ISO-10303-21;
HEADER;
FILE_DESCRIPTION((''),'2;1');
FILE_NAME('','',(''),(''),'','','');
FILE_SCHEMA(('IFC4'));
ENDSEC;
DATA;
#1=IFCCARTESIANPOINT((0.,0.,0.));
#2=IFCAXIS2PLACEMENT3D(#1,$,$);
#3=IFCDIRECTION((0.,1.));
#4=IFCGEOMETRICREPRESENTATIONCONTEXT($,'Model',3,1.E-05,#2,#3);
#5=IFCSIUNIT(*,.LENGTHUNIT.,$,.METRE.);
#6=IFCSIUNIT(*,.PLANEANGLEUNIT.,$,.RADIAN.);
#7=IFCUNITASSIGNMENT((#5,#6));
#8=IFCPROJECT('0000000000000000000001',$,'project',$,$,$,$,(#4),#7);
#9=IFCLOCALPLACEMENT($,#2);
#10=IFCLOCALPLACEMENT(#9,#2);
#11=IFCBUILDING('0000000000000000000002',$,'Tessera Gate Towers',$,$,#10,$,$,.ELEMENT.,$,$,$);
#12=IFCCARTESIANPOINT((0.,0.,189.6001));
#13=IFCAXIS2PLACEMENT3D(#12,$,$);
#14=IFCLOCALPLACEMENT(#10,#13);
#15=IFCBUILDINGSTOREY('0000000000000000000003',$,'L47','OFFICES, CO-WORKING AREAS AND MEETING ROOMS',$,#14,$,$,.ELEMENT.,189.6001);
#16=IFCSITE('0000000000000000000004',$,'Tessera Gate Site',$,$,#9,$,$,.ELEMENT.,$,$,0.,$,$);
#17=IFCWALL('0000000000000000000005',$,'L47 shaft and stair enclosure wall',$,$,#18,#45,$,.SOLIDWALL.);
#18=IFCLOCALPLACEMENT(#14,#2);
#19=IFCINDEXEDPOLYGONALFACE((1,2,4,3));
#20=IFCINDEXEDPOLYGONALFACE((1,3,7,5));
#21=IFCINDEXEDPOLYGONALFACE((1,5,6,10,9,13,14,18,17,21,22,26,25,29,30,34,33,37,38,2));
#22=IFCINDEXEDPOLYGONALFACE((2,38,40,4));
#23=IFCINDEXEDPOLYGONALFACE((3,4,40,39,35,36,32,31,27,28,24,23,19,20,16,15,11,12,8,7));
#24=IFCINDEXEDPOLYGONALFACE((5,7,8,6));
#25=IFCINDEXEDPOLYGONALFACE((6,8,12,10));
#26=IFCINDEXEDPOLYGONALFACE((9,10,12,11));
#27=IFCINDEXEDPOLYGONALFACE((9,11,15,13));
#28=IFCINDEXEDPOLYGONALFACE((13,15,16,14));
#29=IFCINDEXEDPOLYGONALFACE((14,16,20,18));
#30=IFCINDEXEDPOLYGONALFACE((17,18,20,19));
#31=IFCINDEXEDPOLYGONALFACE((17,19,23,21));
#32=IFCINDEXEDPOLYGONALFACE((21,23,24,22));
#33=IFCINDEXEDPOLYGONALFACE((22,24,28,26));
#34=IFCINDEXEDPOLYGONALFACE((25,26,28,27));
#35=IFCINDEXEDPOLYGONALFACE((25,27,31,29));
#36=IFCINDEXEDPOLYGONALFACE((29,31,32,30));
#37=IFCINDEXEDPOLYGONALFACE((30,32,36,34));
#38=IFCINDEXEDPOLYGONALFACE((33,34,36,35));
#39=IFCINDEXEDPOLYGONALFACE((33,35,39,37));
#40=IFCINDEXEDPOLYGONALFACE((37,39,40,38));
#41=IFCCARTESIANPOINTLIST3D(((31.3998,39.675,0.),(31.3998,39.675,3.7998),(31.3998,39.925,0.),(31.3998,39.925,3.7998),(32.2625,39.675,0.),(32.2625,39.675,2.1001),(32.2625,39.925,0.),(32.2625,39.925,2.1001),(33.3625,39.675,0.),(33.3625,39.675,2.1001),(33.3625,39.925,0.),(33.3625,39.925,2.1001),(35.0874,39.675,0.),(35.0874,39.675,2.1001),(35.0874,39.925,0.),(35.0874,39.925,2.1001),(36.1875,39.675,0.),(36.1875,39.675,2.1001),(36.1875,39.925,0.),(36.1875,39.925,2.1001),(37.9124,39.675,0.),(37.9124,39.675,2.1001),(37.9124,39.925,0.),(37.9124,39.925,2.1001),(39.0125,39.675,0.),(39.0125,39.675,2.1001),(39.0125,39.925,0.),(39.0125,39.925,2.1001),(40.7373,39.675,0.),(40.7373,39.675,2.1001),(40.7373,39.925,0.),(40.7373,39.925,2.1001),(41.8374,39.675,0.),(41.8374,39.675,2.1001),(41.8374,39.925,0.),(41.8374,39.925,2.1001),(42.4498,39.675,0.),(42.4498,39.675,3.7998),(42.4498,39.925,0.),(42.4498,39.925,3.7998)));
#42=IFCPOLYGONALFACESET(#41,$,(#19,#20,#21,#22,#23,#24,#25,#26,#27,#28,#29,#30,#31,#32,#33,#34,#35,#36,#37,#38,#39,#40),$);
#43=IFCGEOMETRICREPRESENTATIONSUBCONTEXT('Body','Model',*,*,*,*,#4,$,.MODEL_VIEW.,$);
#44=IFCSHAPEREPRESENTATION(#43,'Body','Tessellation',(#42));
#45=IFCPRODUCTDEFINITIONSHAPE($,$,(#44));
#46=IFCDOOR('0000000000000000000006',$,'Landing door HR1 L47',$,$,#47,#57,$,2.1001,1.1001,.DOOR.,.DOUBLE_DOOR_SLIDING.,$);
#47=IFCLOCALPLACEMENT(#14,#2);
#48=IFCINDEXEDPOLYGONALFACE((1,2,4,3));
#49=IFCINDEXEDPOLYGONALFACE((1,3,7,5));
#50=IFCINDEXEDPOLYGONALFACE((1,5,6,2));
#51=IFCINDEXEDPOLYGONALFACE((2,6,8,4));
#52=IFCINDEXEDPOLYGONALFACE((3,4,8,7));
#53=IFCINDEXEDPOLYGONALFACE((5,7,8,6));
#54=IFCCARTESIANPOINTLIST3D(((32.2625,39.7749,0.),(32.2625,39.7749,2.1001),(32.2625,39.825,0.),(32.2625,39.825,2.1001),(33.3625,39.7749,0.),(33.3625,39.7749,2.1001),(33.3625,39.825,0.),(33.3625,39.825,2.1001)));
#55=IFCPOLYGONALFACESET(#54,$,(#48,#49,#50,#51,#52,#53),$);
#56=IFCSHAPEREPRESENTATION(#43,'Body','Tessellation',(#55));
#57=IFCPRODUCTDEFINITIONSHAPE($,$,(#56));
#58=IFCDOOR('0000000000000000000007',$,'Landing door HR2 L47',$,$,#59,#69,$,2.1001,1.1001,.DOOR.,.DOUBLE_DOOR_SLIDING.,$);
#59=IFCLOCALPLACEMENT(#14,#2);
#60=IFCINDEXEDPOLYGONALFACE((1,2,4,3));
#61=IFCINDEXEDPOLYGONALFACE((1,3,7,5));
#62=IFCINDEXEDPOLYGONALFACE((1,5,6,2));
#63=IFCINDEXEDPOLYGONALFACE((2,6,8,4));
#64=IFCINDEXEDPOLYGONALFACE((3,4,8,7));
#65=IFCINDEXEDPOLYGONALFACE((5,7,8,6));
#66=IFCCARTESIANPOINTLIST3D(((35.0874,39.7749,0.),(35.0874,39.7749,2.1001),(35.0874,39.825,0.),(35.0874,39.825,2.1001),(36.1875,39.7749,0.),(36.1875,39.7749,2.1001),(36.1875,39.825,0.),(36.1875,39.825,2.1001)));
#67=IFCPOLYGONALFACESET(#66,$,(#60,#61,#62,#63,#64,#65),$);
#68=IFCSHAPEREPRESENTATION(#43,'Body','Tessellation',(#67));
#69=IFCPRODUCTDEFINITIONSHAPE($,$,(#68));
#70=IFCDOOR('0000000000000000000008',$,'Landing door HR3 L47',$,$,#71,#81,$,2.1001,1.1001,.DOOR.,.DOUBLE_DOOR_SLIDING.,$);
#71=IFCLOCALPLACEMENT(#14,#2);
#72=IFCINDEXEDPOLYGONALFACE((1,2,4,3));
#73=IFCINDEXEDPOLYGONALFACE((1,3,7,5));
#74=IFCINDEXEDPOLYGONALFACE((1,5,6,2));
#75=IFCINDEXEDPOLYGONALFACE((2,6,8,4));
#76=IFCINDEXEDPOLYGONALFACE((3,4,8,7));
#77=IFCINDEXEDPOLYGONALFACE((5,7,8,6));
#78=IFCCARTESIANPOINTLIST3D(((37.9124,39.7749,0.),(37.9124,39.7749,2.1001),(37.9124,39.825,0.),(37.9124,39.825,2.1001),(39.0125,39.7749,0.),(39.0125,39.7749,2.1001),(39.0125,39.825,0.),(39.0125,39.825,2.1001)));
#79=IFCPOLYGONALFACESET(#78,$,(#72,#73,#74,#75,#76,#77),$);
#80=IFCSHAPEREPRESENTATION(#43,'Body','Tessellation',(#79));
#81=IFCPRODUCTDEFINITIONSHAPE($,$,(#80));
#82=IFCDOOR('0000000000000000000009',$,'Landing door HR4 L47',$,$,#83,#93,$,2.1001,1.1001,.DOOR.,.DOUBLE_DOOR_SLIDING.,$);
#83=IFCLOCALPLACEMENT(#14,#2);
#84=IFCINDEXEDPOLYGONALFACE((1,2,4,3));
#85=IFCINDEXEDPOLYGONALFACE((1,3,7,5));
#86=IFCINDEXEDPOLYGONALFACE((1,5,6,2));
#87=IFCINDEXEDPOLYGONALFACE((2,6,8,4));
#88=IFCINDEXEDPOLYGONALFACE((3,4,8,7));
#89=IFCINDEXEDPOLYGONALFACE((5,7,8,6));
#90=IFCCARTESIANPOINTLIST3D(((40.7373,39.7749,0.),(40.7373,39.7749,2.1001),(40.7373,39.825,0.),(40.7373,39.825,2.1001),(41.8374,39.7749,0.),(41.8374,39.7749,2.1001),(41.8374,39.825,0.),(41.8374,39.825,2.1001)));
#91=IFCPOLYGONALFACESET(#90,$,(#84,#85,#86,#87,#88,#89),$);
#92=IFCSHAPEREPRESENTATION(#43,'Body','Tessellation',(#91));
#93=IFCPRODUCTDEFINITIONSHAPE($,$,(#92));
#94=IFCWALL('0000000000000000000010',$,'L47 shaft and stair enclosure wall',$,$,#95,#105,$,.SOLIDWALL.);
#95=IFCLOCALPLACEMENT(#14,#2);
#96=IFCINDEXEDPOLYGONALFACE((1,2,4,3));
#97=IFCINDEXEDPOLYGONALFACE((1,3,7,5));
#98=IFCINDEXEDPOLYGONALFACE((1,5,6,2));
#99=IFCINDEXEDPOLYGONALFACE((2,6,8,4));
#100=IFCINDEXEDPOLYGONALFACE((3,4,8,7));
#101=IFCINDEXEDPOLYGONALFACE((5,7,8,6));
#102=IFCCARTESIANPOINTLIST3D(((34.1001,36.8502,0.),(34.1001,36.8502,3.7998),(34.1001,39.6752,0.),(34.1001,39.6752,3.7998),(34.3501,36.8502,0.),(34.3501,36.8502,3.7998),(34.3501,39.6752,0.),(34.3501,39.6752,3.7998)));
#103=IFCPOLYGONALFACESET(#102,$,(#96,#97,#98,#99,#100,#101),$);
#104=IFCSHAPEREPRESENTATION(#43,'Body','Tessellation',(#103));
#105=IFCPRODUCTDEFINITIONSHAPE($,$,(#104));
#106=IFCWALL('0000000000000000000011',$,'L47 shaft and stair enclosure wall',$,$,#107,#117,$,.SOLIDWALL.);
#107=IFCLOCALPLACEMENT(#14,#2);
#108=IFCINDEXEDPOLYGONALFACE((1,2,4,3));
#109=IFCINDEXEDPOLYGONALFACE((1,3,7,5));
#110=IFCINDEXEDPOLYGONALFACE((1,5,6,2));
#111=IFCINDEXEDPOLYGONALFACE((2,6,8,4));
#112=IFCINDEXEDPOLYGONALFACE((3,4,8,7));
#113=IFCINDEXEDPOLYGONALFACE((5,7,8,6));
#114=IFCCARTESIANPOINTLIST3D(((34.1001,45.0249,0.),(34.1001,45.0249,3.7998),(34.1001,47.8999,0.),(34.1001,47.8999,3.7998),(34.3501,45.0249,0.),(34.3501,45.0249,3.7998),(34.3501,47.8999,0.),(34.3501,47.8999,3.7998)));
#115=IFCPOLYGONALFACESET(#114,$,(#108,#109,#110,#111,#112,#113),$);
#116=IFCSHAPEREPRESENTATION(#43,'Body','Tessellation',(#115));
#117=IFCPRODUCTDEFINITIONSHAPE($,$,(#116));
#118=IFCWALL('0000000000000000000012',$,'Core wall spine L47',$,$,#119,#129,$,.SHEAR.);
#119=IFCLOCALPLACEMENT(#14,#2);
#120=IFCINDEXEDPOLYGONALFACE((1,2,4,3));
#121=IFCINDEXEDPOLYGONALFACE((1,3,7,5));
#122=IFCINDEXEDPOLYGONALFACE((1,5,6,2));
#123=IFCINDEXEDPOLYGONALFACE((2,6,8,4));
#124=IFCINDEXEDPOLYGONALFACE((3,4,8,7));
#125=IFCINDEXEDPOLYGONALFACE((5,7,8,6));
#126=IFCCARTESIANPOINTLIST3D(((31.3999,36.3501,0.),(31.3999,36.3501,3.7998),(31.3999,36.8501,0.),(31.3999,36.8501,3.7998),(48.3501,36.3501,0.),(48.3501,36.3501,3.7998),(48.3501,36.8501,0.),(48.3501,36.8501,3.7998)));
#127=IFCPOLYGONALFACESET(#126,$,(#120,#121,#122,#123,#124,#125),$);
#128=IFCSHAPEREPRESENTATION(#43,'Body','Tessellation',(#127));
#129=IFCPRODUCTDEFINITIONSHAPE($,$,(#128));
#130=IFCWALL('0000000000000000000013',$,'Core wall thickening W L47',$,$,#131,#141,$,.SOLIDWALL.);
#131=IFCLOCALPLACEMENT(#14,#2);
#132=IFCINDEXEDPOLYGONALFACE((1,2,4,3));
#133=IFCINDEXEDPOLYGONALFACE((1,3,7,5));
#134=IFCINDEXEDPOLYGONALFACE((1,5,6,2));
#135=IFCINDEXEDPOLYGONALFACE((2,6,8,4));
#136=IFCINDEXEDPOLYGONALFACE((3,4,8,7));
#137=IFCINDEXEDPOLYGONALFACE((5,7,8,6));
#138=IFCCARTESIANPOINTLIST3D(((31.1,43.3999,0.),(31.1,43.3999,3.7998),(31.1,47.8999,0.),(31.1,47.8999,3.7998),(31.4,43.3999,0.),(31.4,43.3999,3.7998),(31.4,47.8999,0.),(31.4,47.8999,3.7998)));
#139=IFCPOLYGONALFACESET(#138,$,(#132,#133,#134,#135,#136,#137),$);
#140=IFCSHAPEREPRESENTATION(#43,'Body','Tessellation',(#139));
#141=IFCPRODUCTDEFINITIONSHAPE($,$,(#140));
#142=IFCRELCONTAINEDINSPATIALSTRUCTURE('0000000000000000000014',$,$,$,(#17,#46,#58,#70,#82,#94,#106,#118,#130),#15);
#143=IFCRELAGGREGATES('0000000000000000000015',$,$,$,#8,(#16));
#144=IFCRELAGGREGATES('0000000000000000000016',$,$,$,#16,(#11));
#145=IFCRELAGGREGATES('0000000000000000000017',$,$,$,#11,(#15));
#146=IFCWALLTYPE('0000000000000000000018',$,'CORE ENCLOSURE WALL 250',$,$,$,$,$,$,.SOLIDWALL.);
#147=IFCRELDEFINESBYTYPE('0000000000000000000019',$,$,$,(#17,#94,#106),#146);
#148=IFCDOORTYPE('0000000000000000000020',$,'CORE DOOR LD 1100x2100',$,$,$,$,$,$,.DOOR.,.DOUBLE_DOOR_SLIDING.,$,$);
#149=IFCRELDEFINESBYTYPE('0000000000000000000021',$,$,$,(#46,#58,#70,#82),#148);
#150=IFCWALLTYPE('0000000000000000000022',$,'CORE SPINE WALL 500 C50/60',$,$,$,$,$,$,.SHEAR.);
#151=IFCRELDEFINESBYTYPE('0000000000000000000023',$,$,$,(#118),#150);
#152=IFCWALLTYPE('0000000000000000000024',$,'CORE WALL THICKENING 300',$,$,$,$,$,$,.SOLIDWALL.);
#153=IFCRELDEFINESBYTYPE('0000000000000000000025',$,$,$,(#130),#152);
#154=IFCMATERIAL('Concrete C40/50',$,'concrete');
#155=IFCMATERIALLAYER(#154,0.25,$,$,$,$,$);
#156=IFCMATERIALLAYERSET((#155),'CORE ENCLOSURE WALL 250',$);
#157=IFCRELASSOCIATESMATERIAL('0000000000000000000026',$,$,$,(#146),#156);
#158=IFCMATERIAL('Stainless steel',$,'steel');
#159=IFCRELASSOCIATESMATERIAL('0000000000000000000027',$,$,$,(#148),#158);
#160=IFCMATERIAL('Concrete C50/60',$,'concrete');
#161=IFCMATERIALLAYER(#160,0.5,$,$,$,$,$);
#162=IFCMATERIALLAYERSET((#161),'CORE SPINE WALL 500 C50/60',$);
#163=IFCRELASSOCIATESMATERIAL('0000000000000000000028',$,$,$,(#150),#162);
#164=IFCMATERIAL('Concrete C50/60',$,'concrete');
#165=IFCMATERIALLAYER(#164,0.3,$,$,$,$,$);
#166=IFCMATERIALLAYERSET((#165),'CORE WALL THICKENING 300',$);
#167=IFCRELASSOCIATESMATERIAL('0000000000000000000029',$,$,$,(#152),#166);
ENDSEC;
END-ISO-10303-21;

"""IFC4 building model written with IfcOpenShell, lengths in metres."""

from ifc_helpers import new_model, si_unit, direction, frame, frame_2d, origin, place, context, subcontext, project, spatial, rectangle, extrude, source, transform, mapped, material, layer, layer_set, type_object, element, fill, save


model = new_model("IFC4")

# Units and contexts
model_context = context("Model", 3, precision=1e-05, world=origin(), true_north=direction((0.0, 1.0)))
body_context = subcontext(model_context, "Body", "Model", "MODEL_VIEW")
ifc_project = project(units=[si_unit("LENGTHUNIT", "METRE"), si_unit("PLANEANGLEUNIT", "RADIAN")], contexts=[model_context])

# Site, building, storey
site_placement = place(None, origin())
site = spatial("IfcSite", under=ifc_project, at=site_placement, Name="Tessera Gate Site", CompositionType="ELEMENT", RefElevation=0.0)
building_placement = place(site_placement, origin())
building = spatial("IfcBuilding", under=site, at=building_placement, Name="Tessera Gate Towers", CompositionType="ELEMENT")
storey_placement = place(building_placement, frame((0.0, 0.0, 189.6001)))
storey = spatial("IfcBuildingStorey", under=building, at=storey_placement, Name="L47", Description="OFFICES, CO-WORKING AREAS AND MEETING ROOMS", CompositionType="ELEMENT", Elevation=189.6001)

# Wall, openings, doors
ifc_material_1 = material(Name="Concrete C40/50", Category="concrete")
ifc_layer_1 = layer(ifc_material_1, 0.25)
ifc_layer_set_1 = layer_set([ifc_layer_1], Name="CORE ENCLOSURE WALL 250")
wall_type_1 = type_object("IfcWallType", Name="CORE ENCLOSURE WALL 250", PredefinedType="SOLIDWALL", material=ifc_layer_set_1)
wall_1_placement = place(storey_placement, frame((31.3999, 39.8, 0.0), z_axis=(0.0, 0.0, 1.0), x_axis=(1.0, 0.0, 0.0)))
wall_1 = element("IfcWall", 1, at=wall_1_placement, inside=storey, type_object=wall_type_1, Name="L47 shaft and stair enclosure wall", PredefinedType="SOLIDWALL", context=body_context, shape_type="SweptSolid", body=[
    extrude(rectangle(XDim=11.05, YDim=0.25, at=frame_2d((5.5249, 0.0))), origin(), (0.0, 0.0, 1.0), 3.7998),
])
shared_shape_1 = source(origin(), body_context, "Body", "SweptSolid", [
    extrude(rectangle(XDim=1.1001, YDim=2.1001, at=frame_2d((0.55, 1.05))), frame((0.0, 0.135, 0.0), z_axis=(0.0, -1.0, 0.0), x_axis=(1.0, 0.0, 0.0)), (0.0, 0.0, 1.0), 0.27),
])
opening_1_placement = place(wall_1_placement, frame((0.8625, 0.0, 0.0)))
opening_1 = element("IfcOpeningElement", 2, at=opening_1_placement, cuts=wall_1, PredefinedType="OPENING", context=body_context, shape_type="MappedRepresentation", body=[
    mapped(shared_shape_1, transform((0.0, 0.0, 0.0), scale=1.0)),
])
opening_2_placement = place(wall_1_placement, frame((3.6875, 0.0, 0.0)))
opening_2 = element("IfcOpeningElement", 3, at=opening_2_placement, cuts=wall_1, PredefinedType="OPENING", context=body_context, shape_type="MappedRepresentation", body=[
    mapped(shared_shape_1, transform((0.0, 0.0, 0.0), scale=1.0)),
])
opening_3_placement = place(wall_1_placement, frame((6.5125, 0.0, 0.0)))
opening_3 = element("IfcOpeningElement", 4, at=opening_3_placement, cuts=wall_1, PredefinedType="OPENING", context=body_context, shape_type="MappedRepresentation", body=[
    mapped(shared_shape_1, transform((0.0, 0.0, 0.0), scale=1.0)),
])
opening_4_placement = place(wall_1_placement, frame((9.3374, 0.0, 0.0)))
opening_4 = element("IfcOpeningElement", 5, at=opening_4_placement, cuts=wall_1, PredefinedType="OPENING", context=body_context, shape_type="MappedRepresentation", body=[
    mapped(shared_shape_1, transform((0.0, 0.0, 0.0), scale=1.0)),
])
ifc_material_2 = material(Name="Stainless steel", Category="steel")
door_type_1 = type_object("IfcDoorType", Name="CORE DOOR LD 1100x2100", OperationType="DOUBLE_DOOR_SLIDING", PredefinedType="DOOR", material=ifc_material_2)
shared_shape_2 = source(origin(), body_context, "Body", "SweptSolid", [
    extrude(rectangle(XDim=1.1001, YDim=2.1001, at=frame_2d((0.55, 1.05))), frame((0.0, 0.0249, 0.0), z_axis=(0.0, -1.0, 0.0), x_axis=(1.0, 0.0, 0.0)), (0.0, 0.0, 1.0), 0.05),
])
door_1_placement = place(opening_1_placement, origin())
door_1 = element("IfcDoor", 6, at=door_1_placement, inside=storey, type_object=door_type_1, Name="Landing door HR1 L47", OperationType="DOUBLE_DOOR_SLIDING", OverallHeight=2.1001, OverallWidth=1.1001, PredefinedType="DOOR", context=body_context, shape_type="MappedRepresentation", body=[
    mapped(shared_shape_2, transform((0.0, 0.0, 0.0), scale=1.0)),
])
fill(opening_1, door_1)
door_2_placement = place(opening_2_placement, origin())
door_2 = element("IfcDoor", 7, at=door_2_placement, inside=storey, type_object=door_type_1, Name="Landing door HR2 L47", OperationType="DOUBLE_DOOR_SLIDING", OverallHeight=2.1001, OverallWidth=1.1001, PredefinedType="DOOR", context=body_context, shape_type="MappedRepresentation", body=[
    mapped(shared_shape_2, transform((0.0, 0.0, 0.0), scale=1.0)),
])
fill(opening_2, door_2)
door_3_placement = place(opening_3_placement, origin())
door_3 = element("IfcDoor", 8, at=door_3_placement, inside=storey, type_object=door_type_1, Name="Landing door HR3 L47", OperationType="DOUBLE_DOOR_SLIDING", OverallHeight=2.1001, OverallWidth=1.1001, PredefinedType="DOOR", context=body_context, shape_type="MappedRepresentation", body=[
    mapped(shared_shape_2, transform((0.0, 0.0, 0.0), scale=1.0)),
])
fill(opening_3, door_3)
door_4_placement = place(opening_4_placement, origin())
door_4 = element("IfcDoor", 9, at=door_4_placement, inside=storey, type_object=door_type_1, Name="Landing door HR4 L47", OperationType="DOUBLE_DOOR_SLIDING", OverallHeight=2.1001, OverallWidth=1.1001, PredefinedType="DOOR", context=body_context, shape_type="MappedRepresentation", body=[
    mapped(shared_shape_2, transform((0.0, 0.0, 0.0), scale=1.0)),
])
fill(opening_4, door_4)

# Walls
wall_2_placement = place(storey_placement, frame((34.2251, 36.8501, 0.0), z_axis=(0.0, 0.0, 1.0), x_axis=(0.0, 1.0, 0.0)))
element("IfcWall", 10, at=wall_2_placement, inside=storey, type_object=wall_type_1, Name="L47 shaft and stair enclosure wall", PredefinedType="SOLIDWALL", context=body_context, shape_type="SweptSolid", body=[
    extrude(rectangle(XDim=2.825, YDim=0.25, at=frame_2d((1.4126, 0.0))), origin(), (0.0, 0.0, 1.0), 3.7998),
])
wall_3_placement = place(storey_placement, frame((34.2251, 45.0249, 0.0), z_axis=(0.0, 0.0, 1.0), x_axis=(0.0, 1.0, 0.0)))
element("IfcWall", 11, at=wall_3_placement, inside=storey, type_object=wall_type_1, Name="L47 shaft and stair enclosure wall", PredefinedType="SOLIDWALL", context=body_context, shape_type="SweptSolid", body=[
    extrude(rectangle(XDim=2.875, YDim=0.25, at=frame_2d((1.4375, 0.0))), origin(), (0.0, 0.0, 1.0), 3.7998),
])
ifc_material_3 = material(Name="Concrete C50/60", Category="concrete")
ifc_layer_2 = layer(ifc_material_3, 0.5)
ifc_layer_set_2 = layer_set([ifc_layer_2], Name="CORE SPINE WALL 500 C50/60")
wall_type_2 = type_object("IfcWallType", Name="CORE SPINE WALL 500 C50/60", PredefinedType="SHEAR", material=ifc_layer_set_2)
wall_4_placement = place(storey_placement, frame((31.3999, 36.6001, 0.0), z_axis=(0.0, 0.0, 1.0), x_axis=(1.0, 0.0, 0.0)))
element("IfcWall", 12, at=wall_4_placement, inside=storey, type_object=wall_type_2, Name="Core wall spine L47", PredefinedType="SHEAR", context=body_context, shape_type="SweptSolid", body=[
    extrude(rectangle(XDim=16.9502, YDim=0.5, at=frame_2d((8.4751, 0.0))), origin(), (0.0, 0.0, 1.0), 3.7998),
])
ifc_material_4 = material(Name="Concrete C50/60", Category="concrete")
ifc_layer_3 = layer(ifc_material_4, 0.3)
ifc_layer_set_3 = layer_set([ifc_layer_3], Name="CORE WALL THICKENING 300")
wall_type_3 = type_object("IfcWallType", Name="CORE WALL THICKENING 300", PredefinedType="SOLIDWALL", material=ifc_layer_set_3)
wall_5_placement = place(storey_placement, frame((31.25, 43.3999, 0.0), z_axis=(0.0, 0.0, 1.0), x_axis=(0.0, 1.0, 0.0)))
element("IfcWall", 13, at=wall_5_placement, inside=storey, type_object=wall_type_3, Name="Core wall thickening W L47", PredefinedType="SOLIDWALL", context=body_context, shape_type="SweptSolid", body=[
    extrude(rectangle(XDim=4.5, YDim=0.3, at=frame_2d((2.25, 0.0))), origin(), (0.0, 0.0, 1.0), 3.7998),
])

save(model, "model.ifc")
